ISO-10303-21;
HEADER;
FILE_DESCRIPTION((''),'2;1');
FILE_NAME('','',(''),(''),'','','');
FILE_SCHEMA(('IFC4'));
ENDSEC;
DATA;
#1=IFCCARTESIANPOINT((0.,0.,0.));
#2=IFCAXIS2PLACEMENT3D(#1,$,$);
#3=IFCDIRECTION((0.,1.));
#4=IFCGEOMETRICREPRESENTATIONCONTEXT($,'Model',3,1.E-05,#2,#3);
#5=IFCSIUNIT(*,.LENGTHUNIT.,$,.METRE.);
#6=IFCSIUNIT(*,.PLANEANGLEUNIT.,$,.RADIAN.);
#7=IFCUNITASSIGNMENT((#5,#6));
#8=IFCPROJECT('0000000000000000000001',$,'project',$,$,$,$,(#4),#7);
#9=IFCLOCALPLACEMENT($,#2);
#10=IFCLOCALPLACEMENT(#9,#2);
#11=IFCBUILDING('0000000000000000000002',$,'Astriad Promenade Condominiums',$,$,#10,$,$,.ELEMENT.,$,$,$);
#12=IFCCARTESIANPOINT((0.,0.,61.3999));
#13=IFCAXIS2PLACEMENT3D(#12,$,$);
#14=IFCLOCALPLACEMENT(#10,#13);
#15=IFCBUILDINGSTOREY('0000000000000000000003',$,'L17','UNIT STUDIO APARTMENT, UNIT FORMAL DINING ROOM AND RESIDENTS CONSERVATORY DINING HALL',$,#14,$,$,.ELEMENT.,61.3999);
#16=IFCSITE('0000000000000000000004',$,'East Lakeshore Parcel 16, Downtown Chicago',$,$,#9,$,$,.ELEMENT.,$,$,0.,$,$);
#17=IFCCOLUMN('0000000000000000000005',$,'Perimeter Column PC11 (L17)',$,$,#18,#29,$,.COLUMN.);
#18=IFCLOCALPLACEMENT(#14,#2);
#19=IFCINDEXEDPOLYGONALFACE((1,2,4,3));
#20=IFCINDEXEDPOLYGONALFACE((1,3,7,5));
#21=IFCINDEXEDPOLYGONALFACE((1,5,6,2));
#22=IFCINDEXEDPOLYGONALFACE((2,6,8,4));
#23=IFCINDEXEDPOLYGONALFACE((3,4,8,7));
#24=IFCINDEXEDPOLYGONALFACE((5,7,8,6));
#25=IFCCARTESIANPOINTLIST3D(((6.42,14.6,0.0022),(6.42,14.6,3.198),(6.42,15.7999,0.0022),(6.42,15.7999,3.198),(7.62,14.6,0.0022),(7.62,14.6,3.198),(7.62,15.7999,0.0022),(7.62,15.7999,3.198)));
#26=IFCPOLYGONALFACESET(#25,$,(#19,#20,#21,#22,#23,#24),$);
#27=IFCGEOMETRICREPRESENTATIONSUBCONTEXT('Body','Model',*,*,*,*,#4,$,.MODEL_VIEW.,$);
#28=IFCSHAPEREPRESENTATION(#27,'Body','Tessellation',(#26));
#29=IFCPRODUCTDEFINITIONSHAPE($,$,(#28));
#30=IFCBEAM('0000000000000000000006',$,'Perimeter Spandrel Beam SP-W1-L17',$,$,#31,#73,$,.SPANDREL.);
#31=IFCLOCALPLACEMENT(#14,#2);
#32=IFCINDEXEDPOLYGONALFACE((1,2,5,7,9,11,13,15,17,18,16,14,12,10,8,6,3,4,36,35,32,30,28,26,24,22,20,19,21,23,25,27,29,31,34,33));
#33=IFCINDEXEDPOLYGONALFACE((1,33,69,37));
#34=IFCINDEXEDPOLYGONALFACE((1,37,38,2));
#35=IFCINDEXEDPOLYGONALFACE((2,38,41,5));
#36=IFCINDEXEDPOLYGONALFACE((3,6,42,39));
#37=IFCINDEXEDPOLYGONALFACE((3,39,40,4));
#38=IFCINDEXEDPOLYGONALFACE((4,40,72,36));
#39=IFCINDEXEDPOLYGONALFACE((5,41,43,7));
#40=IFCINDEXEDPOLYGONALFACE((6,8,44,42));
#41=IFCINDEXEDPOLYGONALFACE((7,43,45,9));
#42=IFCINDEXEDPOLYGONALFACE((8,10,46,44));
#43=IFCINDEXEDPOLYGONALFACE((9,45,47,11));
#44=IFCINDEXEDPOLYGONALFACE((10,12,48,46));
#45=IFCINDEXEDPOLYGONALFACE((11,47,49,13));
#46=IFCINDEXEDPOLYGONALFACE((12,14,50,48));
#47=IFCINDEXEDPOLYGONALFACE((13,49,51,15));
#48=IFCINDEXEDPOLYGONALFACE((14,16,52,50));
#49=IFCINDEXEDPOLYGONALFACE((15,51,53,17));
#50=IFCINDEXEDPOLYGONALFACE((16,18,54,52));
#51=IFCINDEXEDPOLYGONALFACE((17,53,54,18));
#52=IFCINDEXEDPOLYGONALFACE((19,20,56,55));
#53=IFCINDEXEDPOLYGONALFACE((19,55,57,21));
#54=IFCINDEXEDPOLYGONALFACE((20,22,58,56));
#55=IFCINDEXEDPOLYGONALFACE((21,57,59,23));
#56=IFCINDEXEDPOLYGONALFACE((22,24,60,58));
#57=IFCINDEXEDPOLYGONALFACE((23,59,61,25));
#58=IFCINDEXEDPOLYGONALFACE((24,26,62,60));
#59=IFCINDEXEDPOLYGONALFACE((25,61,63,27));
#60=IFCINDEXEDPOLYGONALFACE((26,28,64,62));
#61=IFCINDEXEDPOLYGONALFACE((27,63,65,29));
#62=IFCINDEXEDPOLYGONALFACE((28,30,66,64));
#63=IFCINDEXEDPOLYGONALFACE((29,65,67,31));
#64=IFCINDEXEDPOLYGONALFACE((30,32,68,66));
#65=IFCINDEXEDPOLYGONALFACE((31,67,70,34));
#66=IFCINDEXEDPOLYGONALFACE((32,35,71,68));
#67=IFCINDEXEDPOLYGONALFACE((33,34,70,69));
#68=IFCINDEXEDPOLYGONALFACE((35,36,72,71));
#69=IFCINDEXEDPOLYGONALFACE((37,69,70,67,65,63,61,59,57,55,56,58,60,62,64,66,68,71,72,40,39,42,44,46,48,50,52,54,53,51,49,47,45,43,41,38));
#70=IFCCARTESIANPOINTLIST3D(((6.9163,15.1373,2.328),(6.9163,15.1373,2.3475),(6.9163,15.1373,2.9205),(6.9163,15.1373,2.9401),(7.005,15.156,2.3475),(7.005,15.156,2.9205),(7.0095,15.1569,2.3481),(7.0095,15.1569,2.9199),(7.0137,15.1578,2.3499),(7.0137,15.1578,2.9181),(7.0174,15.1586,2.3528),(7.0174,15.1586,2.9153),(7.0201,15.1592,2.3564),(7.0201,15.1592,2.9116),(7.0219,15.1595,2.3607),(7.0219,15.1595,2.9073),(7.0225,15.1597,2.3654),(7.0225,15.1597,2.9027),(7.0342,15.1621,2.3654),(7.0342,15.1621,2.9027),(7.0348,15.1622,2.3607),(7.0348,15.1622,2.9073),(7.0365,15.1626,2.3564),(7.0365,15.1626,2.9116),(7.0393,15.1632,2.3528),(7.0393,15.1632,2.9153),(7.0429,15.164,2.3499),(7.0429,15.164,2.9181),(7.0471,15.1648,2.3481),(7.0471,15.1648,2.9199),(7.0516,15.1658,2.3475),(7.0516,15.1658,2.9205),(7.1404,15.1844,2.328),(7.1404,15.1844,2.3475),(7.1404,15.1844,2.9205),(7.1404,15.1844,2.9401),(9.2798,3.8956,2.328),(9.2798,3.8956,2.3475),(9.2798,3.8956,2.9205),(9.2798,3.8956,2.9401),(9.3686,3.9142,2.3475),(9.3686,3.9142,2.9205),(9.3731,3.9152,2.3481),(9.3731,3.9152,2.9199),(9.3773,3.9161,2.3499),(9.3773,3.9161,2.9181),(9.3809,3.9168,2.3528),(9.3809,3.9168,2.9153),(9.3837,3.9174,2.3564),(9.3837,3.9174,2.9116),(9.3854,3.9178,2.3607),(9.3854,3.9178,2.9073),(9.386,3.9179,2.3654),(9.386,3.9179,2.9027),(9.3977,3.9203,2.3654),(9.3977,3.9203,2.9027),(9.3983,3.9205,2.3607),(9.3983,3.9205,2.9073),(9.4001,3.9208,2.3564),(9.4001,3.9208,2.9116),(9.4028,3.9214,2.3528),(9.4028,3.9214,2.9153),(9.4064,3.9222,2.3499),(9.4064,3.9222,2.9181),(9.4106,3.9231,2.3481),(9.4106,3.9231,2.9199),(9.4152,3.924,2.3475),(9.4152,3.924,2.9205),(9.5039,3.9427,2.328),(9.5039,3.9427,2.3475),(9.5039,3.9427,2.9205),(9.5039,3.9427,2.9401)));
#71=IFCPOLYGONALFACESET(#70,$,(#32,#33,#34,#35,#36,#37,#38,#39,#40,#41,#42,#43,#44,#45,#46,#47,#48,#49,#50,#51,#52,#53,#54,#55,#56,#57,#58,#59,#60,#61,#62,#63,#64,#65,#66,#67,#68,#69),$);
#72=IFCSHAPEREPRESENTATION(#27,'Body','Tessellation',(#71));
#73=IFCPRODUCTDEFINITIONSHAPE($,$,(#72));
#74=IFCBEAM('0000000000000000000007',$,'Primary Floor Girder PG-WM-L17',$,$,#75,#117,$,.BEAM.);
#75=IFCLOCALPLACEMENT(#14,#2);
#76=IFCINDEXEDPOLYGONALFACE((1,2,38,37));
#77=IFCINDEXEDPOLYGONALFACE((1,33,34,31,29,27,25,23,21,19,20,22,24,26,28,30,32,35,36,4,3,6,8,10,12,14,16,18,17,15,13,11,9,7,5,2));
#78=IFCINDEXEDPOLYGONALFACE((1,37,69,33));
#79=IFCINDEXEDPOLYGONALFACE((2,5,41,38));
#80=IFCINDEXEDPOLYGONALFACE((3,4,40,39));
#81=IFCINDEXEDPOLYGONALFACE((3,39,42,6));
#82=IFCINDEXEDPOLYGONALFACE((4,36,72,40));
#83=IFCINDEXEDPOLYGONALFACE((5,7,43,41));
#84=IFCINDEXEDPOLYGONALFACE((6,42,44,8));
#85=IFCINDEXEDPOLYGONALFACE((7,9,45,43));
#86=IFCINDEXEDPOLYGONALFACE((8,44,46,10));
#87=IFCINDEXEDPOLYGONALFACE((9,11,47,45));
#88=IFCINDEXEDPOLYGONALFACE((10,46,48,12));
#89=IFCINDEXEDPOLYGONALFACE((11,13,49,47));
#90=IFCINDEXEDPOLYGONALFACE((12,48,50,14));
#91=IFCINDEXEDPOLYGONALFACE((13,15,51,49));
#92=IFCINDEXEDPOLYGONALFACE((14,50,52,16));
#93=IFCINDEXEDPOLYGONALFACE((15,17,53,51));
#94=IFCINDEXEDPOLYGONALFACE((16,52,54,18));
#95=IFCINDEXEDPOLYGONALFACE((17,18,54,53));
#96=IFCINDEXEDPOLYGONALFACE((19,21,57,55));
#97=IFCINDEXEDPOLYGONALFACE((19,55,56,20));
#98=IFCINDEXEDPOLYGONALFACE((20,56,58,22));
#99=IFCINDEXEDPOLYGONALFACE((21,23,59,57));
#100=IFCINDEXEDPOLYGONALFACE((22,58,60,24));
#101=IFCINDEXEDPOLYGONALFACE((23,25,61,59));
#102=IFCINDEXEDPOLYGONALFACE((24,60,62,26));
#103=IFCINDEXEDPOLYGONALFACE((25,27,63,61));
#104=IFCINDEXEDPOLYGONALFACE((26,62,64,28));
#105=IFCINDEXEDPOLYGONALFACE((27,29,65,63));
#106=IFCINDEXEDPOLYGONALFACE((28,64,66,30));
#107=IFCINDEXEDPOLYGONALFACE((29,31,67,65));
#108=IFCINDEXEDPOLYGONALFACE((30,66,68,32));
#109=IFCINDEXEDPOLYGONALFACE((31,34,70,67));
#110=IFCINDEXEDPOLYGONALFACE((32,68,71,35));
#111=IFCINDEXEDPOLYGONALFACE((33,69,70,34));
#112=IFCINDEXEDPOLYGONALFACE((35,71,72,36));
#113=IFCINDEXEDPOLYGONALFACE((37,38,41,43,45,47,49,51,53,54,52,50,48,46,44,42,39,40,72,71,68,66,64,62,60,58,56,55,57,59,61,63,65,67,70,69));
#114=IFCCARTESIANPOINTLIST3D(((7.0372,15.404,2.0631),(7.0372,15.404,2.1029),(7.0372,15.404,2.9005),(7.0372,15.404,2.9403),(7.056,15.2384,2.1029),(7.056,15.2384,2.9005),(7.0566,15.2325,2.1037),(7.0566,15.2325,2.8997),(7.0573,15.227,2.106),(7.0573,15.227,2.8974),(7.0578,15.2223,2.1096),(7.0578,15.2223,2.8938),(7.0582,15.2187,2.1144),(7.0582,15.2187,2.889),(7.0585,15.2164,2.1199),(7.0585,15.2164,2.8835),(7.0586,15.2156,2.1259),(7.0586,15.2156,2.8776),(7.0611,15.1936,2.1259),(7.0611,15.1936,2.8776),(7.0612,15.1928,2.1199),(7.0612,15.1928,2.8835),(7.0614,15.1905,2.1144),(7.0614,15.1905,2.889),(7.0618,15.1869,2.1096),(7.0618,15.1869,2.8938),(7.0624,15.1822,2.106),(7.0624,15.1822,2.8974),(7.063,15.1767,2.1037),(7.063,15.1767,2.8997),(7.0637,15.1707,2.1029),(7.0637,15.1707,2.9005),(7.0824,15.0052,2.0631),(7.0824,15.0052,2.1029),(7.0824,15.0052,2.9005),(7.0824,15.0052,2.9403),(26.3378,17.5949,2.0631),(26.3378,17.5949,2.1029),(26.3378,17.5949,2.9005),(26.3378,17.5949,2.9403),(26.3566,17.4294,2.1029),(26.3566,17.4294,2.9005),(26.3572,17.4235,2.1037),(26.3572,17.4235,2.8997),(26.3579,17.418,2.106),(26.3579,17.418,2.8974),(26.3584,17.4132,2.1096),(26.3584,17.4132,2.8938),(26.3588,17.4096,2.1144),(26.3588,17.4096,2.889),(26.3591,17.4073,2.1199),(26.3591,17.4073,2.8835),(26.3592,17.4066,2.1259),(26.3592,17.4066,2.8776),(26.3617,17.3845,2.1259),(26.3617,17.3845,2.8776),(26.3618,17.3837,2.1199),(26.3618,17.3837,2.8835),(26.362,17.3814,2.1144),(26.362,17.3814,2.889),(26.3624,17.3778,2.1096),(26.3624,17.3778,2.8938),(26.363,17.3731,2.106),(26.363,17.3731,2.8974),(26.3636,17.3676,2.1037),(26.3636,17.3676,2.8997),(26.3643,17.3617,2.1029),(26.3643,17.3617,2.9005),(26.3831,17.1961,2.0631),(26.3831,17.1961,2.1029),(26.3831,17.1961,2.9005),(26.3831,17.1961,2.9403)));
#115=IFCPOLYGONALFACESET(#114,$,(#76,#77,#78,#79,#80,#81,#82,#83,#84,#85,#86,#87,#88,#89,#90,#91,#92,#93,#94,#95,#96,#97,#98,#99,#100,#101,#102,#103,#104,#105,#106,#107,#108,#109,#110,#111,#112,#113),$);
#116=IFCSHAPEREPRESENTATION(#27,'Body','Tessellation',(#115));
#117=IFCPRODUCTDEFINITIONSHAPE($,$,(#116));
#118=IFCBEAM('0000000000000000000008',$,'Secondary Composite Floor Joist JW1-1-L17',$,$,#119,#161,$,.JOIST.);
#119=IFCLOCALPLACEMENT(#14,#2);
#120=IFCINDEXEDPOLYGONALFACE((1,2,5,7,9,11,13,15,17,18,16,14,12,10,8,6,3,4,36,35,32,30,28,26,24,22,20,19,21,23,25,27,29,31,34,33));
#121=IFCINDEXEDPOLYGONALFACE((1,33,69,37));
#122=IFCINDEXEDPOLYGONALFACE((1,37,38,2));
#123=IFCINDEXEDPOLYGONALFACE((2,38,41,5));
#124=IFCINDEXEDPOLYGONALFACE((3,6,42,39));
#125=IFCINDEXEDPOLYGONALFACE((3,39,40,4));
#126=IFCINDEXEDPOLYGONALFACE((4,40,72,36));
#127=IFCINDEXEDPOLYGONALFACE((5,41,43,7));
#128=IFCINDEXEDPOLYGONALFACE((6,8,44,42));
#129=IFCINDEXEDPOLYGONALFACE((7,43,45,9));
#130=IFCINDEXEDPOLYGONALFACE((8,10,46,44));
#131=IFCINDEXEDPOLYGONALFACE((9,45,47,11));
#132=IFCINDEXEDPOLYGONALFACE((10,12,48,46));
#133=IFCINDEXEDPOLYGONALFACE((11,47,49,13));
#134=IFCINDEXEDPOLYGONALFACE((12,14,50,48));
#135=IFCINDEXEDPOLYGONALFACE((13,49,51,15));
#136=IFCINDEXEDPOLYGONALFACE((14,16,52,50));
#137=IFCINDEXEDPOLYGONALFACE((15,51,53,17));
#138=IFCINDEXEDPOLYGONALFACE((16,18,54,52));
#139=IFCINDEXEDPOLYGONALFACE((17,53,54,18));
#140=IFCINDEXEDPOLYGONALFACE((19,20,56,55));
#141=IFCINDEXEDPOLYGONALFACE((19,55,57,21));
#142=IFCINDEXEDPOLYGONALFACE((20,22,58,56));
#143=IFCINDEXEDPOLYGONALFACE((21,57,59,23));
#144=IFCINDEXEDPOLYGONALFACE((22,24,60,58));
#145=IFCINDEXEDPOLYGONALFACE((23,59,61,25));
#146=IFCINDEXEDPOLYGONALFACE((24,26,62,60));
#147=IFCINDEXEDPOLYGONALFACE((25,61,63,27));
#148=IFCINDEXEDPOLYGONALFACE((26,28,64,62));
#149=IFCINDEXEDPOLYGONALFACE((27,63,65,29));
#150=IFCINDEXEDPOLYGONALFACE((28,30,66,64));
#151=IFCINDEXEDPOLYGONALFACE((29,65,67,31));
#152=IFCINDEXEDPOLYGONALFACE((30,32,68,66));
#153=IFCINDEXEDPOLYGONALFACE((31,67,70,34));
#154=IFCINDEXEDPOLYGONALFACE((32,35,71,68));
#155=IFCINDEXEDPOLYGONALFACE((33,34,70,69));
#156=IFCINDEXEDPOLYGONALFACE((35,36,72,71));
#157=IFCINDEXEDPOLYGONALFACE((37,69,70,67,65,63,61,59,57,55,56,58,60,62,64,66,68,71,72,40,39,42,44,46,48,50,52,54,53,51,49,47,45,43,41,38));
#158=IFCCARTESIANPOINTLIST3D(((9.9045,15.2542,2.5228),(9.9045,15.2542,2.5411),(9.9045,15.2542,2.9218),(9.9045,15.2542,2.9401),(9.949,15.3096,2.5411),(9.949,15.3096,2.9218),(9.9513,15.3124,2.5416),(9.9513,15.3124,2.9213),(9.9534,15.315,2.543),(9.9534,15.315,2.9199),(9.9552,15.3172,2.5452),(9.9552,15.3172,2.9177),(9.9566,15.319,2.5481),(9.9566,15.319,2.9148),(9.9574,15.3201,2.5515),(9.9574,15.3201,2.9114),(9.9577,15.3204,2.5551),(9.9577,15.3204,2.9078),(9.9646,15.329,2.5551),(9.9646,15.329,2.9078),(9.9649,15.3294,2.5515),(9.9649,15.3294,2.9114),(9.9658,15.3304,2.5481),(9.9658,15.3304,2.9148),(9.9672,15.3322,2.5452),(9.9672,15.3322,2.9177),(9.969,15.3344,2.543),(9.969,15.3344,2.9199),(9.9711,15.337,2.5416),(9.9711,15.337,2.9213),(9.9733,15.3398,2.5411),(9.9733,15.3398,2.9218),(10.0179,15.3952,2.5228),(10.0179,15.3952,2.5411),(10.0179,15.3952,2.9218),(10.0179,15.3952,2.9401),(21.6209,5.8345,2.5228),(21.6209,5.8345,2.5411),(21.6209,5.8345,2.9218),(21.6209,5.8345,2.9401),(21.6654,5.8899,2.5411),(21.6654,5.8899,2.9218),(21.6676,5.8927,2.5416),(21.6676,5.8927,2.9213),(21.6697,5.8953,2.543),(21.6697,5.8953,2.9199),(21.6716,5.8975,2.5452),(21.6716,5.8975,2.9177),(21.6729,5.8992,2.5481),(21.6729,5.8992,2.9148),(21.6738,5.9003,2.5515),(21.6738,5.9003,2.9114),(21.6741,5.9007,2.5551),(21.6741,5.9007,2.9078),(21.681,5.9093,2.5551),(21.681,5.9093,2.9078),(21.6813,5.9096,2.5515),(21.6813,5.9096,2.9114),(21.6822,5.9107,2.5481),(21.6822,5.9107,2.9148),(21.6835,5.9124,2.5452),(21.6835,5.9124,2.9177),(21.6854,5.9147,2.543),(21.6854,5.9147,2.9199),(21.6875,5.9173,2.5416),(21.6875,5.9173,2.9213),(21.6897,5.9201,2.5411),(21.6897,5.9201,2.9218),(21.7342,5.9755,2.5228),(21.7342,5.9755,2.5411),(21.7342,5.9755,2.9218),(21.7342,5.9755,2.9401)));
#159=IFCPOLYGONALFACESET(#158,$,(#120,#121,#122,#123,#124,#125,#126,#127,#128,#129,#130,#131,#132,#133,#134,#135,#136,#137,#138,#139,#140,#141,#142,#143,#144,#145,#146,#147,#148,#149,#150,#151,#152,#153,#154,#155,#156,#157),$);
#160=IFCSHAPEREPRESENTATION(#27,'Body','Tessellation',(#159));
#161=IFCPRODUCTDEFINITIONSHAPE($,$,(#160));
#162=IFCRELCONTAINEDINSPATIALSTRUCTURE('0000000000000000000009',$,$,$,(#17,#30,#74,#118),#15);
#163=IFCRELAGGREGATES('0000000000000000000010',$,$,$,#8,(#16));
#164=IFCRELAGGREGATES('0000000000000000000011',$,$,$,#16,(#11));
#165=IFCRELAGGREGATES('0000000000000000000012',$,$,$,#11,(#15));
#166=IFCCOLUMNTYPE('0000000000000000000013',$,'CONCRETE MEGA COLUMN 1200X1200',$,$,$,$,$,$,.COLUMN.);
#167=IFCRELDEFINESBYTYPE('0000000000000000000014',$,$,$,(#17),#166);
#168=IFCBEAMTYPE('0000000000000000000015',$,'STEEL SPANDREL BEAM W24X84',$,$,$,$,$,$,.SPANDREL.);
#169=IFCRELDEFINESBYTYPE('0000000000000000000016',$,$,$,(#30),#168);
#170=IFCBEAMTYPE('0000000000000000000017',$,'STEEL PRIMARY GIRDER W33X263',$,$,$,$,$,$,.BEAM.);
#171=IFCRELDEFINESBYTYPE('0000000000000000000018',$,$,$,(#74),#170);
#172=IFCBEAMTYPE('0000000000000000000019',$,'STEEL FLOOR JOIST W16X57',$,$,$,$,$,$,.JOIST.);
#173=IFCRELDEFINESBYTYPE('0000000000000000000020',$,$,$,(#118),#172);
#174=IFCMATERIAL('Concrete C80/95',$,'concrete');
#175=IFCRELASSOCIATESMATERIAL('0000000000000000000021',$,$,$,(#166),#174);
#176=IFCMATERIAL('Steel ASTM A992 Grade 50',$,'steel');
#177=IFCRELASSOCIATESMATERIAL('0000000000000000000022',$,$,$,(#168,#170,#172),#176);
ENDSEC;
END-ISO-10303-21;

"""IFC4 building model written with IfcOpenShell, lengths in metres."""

from ifc_helpers import new_model, si_unit, direction, frame, origin, origin_2d, place, context, subcontext, project, spatial, rectangle, i_section, extrude, source, transform, mapped, material, material_profile, profile_set, type_object, type_shapes, element, save


model = new_model("IFC4")

# Units and contexts
model_context = context("Model", 3, precision=1e-05, world=origin(), true_north=direction((0.0, 1.0)))
body_context = subcontext(model_context, "Body", "Model", "MODEL_VIEW")
ifc_project = project(units=[si_unit("LENGTHUNIT", "METRE"), si_unit("PLANEANGLEUNIT", "RADIAN")], contexts=[model_context])

# Site, building, storey
site_placement = place(None, origin())
site = spatial("IfcSite", under=ifc_project, at=site_placement, Name="East Lakeshore Parcel 16, Downtown Chicago", CompositionType="ELEMENT", RefElevation=0.0)
building_placement = place(site_placement, origin())
building = spatial("IfcBuilding", under=site, at=building_placement, Name="Astriad Promenade Condominiums", CompositionType="ELEMENT")
storey_placement = place(building_placement, frame((0.0, 0.0, 61.3999)))
storey = spatial("IfcBuildingStorey", under=building, at=storey_placement, Name="L17", Description="UNIT STUDIO APARTMENT, UNIT FORMAL DINING ROOM AND RESIDENTS CONSERVATORY DINING HALL", CompositionType="ELEMENT", Elevation=61.3999)

# Column
ifc_material_1 = material(Name="Concrete C80/95", Category="concrete")
ifc_material_profile_1 = material_profile(ifc_material_1, rectangle(XDim=1.2, YDim=1.2, at=origin_2d()), Name="RC-COL-1200X1200")
ifc_profile_set_1 = profile_set([ifc_material_profile_1], Name="Concrete C80/95")
column_type = type_object("IfcColumnType", Name="CONCRETE MEGA COLUMN 1200X1200", PredefinedType="COLUMN", material=ifc_profile_set_1)
shared_shape_1 = source(origin(), body_context, "Body", "SweptSolid", [
    extrude(rectangle(XDim=1.2, YDim=1.2, at=origin_2d()), origin(), (0.0, 0.0, 1.0), 3.1958),
])
type_shapes(column_type, [shared_shape_1])
column_placement = place(storey_placement, frame((7.02, 15.2, 0.0022), z_axis=(0.0, 0.0, 1.0), x_axis=(1.0, 0.0, 0.0)))
element("IfcColumn", 1, at=column_placement, inside=storey, type_object=column_type, Name="Perimeter Column PC11 (L17)", PredefinedType="COLUMN", context=body_context, shape_type="MappedRepresentation", body=[
    mapped(shared_shape_1, transform((0.0, 0.0, 0.0), scale=1.0)),
])

# Beams
ifc_material_2 = material(Name="Steel ASTM A992 Grade 50", Category="steel")
ifc_material_profile_2 = material_profile(ifc_material_2, i_section(OverallWidth=0.229, OverallDepth=0.6121, WebThickness=0.012, FlangeThickness=0.0195, FilletRadius=0.0178, at=origin_2d()), Name="W24X84")
ifc_profile_set_2 = profile_set([ifc_material_profile_2], Name="Steel ASTM A992 Grade 50")
beam_type_1 = type_object("IfcBeamType", Name="STEEL SPANDREL BEAM W24X84", PredefinedType="SPANDREL", material=ifc_profile_set_2)
shared_shape_2 = source(origin(), body_context, "Body", "SweptSolid", [
    extrude(i_section(OverallWidth=0.229, OverallDepth=0.6121, WebThickness=0.012, FlangeThickness=0.0195, FilletRadius=0.0178, at=origin_2d()), origin(), (0.0, 0.0, 1.0), 11.4875),
])
type_shapes(beam_type_1, [shared_shape_2])
beam_1_placement = place(storey_placement, frame((7.0283, 15.1609, 2.634), z_axis=(0.205748, -0.978605, 0.0), x_axis=(0.978605, 0.205748, 0.0)))
element("IfcBeam", 2, at=beam_1_placement, inside=storey, type_object=beam_type_1, Name="Perimeter Spandrel Beam SP-W1-L17", PredefinedType="SPANDREL", context=body_context, shape_type="MappedRepresentation", body=[
    mapped(shared_shape_2, transform((0.0, 0.0, 0.0), scale=1.0)),
])
ifc_material_profile_3 = material_profile(ifc_material_2, i_section(OverallWidth=0.4014, OverallDepth=0.8772, WebThickness=0.0222, FlangeThickness=0.0398, FilletRadius=0.0229, at=origin_2d()), Name="W33X263")
ifc_profile_set_3 = profile_set([ifc_material_profile_3], Name="Steel ASTM A992 Grade 50")
beam_type_2 = type_object("IfcBeamType", Name="STEEL PRIMARY GIRDER W33X263", PredefinedType="BEAM", material=ifc_profile_set_3)
shared_shape_3 = source(origin(), body_context, "Body", "SweptSolid", [
    extrude(i_section(OverallWidth=0.4014, OverallDepth=0.8772, WebThickness=0.0222, FlangeThickness=0.0398, FilletRadius=0.0229, at=origin_2d()), origin(), (0.0, 0.0, 1.0), 19.4246),
])
type_shapes(beam_type_2, [shared_shape_3])
beam_2_placement = place(storey_placement, frame((7.0598, 15.2046, 2.5017), z_axis=(0.993619, 0.112792, 0.0), x_axis=(-0.112792, 0.993619, 0.0)))
element("IfcBeam", 3, at=beam_2_placement, inside=storey, type_object=beam_type_2, Name="Primary Floor Girder PG-WM-L17", PredefinedType="BEAM", context=body_context, shape_type="MappedRepresentation", body=[
    mapped(shared_shape_3, transform((0.0, 0.0, 0.0), scale=1.0)),
])
ifc_material_profile_4 = material_profile(ifc_material_2, i_section(OverallWidth=0.1809, OverallDepth=0.4172, WebThickness=0.011, FlangeThickness=0.0183, FilletRadius=0.0139, at=origin_2d()), Name="W16X57")
ifc_profile_set_4 = profile_set([ifc_material_profile_4], Name="Steel ASTM A992 Grade 50")
beam_type_3 = type_object("IfcBeamType", Name="STEEL FLOOR JOIST W16X57", PredefinedType="JOIST", material=ifc_profile_set_4)
shared_shape_4 = source(origin(), body_context, "Body", "SweptSolid", [
    extrude(i_section(OverallWidth=0.1809, OverallDepth=0.4172, WebThickness=0.011, FlangeThickness=0.0183, FilletRadius=0.0139, at=origin_2d()), origin(), (0.0, 0.0, 1.0), 15.0334),
])
beam_3_placement = place(storey_placement, frame((9.9612, 15.3247, 2.7314), z_axis=(0.779353, -0.626585, 0.0), x_axis=(0.626585, 0.779353, 0.0)))
element("IfcBeam", 4, at=beam_3_placement, inside=storey, type_object=beam_type_3, Name="Secondary Composite Floor Joist JW1-1-L17", PredefinedType="JOIST", context=body_context, shape_type="MappedRepresentation", body=[
    mapped(shared_shape_4, transform((0.0, 0.0, 0.0), scale=1.0)),
])

save(model, "model.ifc")
